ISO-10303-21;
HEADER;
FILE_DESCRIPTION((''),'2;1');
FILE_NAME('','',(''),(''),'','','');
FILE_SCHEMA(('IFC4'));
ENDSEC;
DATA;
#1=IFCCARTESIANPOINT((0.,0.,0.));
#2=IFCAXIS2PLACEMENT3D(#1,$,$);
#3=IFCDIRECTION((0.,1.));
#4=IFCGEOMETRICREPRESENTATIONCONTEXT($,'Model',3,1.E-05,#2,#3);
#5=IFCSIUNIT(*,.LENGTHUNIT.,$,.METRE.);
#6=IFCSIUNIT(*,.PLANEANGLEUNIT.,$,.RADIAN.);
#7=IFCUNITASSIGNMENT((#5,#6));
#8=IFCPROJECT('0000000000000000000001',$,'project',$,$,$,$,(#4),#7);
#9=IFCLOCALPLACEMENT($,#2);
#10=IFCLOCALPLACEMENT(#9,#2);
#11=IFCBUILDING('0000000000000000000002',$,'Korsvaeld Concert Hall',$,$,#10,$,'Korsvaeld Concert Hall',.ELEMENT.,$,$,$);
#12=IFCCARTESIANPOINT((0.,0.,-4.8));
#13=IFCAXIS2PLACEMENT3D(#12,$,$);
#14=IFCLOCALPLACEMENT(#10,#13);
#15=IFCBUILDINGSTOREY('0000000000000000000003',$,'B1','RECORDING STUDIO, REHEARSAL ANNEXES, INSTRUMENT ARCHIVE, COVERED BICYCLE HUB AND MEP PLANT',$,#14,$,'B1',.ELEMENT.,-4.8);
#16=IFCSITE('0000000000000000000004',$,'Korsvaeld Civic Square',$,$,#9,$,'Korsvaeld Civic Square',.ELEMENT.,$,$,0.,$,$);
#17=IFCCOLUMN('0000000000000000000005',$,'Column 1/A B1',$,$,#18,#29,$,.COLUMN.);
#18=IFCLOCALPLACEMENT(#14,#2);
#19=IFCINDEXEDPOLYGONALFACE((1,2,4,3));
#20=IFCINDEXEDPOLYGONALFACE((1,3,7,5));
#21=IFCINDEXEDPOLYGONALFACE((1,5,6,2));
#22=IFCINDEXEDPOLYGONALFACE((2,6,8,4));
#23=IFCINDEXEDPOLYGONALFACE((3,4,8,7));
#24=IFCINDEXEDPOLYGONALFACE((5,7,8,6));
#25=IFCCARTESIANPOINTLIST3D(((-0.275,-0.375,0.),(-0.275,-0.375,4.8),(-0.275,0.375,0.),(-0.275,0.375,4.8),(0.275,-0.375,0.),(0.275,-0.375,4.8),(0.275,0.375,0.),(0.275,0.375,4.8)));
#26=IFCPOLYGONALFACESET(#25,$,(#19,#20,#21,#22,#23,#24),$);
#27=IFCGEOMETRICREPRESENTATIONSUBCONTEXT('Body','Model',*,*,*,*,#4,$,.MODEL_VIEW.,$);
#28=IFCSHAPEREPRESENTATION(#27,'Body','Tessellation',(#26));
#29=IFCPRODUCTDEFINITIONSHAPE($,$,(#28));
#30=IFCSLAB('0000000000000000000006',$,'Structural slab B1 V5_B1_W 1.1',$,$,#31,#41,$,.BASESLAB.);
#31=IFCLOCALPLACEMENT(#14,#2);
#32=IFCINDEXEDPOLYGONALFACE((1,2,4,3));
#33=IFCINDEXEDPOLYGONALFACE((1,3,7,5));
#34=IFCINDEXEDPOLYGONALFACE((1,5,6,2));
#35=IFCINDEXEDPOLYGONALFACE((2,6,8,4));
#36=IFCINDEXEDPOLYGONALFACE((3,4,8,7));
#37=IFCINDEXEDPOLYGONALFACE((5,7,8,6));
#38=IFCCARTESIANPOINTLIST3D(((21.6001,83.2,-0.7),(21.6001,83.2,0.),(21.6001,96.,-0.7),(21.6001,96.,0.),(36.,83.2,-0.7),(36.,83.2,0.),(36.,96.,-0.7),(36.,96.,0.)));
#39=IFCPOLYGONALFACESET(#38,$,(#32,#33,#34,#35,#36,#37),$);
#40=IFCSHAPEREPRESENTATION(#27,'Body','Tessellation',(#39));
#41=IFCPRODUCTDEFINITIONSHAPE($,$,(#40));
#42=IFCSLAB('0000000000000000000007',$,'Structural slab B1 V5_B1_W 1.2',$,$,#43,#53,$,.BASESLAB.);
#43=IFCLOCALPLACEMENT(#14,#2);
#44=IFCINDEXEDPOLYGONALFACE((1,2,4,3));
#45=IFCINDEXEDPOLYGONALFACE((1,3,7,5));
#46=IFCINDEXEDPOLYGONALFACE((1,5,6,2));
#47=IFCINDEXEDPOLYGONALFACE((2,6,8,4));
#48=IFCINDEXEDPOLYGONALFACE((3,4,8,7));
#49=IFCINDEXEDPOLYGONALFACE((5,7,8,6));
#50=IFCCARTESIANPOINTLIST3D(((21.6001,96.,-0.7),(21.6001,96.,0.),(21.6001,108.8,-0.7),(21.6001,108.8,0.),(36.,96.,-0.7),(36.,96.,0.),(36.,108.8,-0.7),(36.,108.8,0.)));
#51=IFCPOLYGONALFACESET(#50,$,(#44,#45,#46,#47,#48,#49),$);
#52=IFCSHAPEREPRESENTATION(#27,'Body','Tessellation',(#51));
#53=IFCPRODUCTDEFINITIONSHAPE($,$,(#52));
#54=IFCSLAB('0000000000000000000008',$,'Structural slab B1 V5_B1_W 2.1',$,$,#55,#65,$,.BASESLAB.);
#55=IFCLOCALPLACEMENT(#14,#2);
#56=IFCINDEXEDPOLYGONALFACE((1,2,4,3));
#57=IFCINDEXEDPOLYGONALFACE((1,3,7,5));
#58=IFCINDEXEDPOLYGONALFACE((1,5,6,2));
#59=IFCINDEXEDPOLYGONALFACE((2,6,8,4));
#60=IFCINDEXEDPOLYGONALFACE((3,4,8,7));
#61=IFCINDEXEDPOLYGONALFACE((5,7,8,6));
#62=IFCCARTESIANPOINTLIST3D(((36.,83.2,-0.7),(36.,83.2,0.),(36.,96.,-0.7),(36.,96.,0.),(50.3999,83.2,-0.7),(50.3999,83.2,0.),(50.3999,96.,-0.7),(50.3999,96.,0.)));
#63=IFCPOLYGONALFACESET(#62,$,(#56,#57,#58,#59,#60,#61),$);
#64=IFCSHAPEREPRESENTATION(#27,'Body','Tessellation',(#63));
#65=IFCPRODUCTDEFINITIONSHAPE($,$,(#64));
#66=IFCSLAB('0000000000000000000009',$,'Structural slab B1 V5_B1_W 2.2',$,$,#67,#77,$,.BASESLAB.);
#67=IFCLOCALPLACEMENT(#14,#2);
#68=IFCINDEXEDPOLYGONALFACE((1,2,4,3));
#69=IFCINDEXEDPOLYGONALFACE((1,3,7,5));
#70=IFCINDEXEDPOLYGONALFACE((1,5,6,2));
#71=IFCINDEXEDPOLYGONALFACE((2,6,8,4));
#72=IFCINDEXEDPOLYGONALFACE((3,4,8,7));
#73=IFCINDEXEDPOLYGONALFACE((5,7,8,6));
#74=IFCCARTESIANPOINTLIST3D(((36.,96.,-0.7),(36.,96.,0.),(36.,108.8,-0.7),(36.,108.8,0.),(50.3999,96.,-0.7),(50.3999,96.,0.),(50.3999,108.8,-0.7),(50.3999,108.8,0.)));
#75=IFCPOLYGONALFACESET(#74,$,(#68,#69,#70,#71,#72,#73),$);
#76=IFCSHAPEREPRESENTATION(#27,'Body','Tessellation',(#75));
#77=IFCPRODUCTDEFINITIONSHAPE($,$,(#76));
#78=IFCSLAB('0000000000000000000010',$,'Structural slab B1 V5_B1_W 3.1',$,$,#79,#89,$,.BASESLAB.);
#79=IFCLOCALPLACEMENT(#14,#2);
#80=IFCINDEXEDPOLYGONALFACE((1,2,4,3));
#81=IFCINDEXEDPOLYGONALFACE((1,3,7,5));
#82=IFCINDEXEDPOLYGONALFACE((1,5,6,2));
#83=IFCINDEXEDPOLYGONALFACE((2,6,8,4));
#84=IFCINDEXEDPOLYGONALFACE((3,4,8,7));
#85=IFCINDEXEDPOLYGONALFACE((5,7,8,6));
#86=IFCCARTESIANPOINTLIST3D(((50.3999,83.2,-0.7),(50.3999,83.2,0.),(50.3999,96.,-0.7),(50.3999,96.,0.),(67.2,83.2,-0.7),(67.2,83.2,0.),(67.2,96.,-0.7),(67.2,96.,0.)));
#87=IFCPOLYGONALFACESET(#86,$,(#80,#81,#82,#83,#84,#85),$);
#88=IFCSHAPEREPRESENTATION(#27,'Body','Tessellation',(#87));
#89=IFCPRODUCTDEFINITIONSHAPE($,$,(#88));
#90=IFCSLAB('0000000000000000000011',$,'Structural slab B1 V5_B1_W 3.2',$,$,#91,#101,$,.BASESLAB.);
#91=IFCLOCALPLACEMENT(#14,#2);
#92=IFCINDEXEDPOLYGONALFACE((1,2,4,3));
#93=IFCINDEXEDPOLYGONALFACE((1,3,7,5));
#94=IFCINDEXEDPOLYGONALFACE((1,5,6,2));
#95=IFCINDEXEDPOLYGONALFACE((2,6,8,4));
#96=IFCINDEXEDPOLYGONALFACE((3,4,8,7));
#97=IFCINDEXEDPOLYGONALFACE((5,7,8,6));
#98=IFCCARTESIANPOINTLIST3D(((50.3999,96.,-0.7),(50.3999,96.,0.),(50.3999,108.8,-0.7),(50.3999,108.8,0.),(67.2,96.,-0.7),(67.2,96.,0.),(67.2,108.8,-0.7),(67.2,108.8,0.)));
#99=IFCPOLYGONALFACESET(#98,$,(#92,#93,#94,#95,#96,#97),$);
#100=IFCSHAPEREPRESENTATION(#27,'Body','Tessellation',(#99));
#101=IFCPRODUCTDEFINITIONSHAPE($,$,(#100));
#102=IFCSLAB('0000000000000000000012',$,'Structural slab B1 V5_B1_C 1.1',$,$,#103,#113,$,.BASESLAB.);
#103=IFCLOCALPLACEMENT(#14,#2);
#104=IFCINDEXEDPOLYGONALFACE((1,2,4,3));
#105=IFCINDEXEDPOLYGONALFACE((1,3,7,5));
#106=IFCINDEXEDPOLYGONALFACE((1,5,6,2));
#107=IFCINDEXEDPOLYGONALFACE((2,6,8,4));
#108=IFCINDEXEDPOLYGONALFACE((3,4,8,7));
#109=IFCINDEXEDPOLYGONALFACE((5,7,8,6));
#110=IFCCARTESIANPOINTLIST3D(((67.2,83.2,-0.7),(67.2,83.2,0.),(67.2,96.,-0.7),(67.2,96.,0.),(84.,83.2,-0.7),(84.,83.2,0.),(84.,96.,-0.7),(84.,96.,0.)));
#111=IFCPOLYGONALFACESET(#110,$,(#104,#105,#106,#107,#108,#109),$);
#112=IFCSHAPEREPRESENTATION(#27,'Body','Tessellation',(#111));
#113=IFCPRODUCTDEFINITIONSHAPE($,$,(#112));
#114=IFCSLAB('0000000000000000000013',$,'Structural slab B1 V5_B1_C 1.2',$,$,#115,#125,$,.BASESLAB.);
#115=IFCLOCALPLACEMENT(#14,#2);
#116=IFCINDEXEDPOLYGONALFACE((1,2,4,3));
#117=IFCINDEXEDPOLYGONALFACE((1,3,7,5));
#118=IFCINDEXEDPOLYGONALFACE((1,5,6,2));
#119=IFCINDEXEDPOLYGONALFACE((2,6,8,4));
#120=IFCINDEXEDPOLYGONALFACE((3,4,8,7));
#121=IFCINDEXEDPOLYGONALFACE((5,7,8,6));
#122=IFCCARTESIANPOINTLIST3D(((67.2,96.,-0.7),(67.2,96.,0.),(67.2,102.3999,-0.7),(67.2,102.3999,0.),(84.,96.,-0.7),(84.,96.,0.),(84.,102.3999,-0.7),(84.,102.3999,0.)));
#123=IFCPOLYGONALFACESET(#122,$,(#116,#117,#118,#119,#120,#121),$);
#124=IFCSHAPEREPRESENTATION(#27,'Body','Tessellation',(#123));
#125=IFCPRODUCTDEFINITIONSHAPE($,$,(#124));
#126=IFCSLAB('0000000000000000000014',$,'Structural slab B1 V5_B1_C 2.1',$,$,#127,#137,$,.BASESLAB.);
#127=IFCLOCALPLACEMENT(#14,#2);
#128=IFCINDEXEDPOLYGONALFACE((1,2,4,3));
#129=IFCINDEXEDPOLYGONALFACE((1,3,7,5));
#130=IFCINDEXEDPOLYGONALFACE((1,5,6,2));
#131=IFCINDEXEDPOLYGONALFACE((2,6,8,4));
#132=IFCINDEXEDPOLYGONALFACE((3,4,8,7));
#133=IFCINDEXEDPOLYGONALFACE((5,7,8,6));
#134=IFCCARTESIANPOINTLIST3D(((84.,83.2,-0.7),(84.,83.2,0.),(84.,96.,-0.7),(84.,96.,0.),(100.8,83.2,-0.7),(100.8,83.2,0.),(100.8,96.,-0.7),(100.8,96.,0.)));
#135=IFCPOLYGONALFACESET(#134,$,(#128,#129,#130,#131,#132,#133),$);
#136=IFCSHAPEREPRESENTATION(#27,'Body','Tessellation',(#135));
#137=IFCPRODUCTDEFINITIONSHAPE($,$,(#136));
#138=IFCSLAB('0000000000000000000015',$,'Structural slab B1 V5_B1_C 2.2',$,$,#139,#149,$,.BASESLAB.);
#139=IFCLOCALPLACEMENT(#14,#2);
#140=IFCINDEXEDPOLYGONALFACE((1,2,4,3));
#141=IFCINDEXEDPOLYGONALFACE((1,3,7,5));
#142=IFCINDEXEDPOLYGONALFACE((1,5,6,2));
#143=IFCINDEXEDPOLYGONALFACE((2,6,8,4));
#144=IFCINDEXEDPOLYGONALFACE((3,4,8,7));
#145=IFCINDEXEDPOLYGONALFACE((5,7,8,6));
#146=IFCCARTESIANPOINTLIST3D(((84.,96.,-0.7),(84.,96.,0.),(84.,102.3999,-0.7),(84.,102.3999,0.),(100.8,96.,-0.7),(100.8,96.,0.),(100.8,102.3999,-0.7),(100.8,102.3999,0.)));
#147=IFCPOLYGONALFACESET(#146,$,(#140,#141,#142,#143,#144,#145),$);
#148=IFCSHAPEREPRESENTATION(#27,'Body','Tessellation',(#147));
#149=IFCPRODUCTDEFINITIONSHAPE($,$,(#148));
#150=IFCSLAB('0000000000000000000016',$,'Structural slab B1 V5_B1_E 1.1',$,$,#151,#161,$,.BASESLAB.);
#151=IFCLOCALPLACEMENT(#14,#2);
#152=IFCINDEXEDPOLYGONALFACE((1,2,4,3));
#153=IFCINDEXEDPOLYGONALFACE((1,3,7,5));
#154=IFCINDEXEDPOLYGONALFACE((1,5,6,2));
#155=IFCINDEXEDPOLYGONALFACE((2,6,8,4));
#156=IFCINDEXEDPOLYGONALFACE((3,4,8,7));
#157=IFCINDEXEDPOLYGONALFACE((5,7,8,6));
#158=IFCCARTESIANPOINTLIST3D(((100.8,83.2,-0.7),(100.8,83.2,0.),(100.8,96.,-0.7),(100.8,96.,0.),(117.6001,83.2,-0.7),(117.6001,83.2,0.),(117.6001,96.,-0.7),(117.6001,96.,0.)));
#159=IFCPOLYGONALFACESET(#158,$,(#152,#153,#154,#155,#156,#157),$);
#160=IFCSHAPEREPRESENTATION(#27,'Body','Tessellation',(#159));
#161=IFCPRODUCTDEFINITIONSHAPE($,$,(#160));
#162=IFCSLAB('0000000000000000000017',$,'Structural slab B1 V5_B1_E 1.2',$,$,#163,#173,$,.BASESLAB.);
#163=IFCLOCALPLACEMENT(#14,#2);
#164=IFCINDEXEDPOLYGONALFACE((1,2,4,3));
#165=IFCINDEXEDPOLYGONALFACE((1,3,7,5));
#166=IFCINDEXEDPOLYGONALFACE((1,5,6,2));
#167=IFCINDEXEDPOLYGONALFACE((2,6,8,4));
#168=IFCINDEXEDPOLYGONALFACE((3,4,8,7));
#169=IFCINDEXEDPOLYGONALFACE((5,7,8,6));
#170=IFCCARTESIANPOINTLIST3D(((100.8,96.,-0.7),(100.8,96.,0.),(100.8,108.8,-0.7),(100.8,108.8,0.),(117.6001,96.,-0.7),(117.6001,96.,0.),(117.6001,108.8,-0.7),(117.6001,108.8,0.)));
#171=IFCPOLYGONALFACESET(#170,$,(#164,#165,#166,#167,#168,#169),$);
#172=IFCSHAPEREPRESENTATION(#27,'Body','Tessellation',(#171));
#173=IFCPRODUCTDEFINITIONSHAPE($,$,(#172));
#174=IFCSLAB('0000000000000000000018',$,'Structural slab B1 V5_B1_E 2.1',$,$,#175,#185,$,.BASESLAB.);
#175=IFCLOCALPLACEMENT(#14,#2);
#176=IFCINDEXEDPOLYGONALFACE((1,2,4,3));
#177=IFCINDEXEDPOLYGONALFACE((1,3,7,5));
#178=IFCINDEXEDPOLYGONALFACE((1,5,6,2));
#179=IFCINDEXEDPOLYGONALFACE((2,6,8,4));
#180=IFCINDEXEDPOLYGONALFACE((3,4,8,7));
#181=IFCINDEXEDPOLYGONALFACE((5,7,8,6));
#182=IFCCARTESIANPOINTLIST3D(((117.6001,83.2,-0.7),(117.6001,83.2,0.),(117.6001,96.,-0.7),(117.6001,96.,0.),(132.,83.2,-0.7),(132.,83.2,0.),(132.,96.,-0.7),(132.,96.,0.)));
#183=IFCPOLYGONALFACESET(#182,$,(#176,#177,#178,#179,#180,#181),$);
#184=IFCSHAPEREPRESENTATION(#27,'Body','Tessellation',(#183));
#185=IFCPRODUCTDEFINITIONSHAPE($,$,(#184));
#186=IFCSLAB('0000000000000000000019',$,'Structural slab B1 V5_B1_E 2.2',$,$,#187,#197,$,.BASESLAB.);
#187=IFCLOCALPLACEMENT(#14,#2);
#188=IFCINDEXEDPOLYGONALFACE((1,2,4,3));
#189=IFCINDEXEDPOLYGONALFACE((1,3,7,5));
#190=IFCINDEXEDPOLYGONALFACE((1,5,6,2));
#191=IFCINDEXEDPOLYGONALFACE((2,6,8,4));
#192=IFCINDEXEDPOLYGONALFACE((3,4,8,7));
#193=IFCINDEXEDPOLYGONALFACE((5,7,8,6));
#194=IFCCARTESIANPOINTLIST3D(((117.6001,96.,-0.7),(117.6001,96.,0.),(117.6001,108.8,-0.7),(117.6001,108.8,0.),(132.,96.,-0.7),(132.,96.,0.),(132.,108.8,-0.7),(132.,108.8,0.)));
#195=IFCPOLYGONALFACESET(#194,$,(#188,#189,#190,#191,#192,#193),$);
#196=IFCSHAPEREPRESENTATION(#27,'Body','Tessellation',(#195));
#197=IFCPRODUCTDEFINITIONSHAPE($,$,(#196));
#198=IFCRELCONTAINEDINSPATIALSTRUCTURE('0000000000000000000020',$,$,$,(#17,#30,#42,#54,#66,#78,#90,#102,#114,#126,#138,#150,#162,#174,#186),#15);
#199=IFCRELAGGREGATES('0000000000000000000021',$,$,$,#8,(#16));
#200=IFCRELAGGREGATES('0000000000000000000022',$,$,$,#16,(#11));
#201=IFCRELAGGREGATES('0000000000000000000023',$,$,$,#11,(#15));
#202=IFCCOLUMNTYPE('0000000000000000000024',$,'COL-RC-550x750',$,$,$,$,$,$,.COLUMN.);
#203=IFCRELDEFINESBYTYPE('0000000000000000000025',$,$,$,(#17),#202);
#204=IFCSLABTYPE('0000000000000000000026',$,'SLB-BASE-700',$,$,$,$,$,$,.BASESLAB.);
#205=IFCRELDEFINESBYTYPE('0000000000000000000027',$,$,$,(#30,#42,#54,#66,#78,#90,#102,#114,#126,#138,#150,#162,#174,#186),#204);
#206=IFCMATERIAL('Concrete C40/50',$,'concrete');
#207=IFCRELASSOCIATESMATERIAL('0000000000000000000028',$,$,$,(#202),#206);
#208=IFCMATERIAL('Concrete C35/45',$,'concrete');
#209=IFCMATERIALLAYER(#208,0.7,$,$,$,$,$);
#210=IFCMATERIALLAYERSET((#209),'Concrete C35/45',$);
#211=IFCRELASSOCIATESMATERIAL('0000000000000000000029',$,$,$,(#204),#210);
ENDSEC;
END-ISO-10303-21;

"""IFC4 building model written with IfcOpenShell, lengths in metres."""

from ifc_helpers import new_model, si_unit, direction, frame, origin, origin_with_axes, origin_2d, place, context, subcontext, project, spatial, polyline, rectangle, outline, extrude, material, layer, layer_set, material_profile, profile_set, type_object, element, save


model = new_model("IFC4")

# Units and contexts
model_context = context("Model", 3, precision=1e-05, world=origin(), true_north=direction((0.0, 1.0)))
body_context = subcontext(model_context, "Body", "Model", "MODEL_VIEW")
ifc_project = project(units=[si_unit("LENGTHUNIT", "METRE"), si_unit("PLANEANGLEUNIT", "RADIAN")], contexts=[model_context])

# Site, building, storey
site_placement = place(None, origin())
site = spatial("IfcSite", under=ifc_project, at=site_placement, Name="Korsvaeld Civic Square", LongName="Korsvaeld Civic Square", CompositionType="ELEMENT", RefElevation=0.0)
building_placement = place(site_placement, origin())
building = spatial("IfcBuilding", under=site, at=building_placement, Name="Korsvaeld Concert Hall", LongName="Korsvaeld Concert Hall", CompositionType="ELEMENT")
storey_placement = place(building_placement, frame((0.0, 0.0, -4.8)))
storey = spatial("IfcBuildingStorey", under=building, at=storey_placement, Name="B1", Description="RECORDING STUDIO, REHEARSAL ANNEXES, INSTRUMENT ARCHIVE, COVERED BICYCLE HUB AND MEP PLANT", LongName="B1", CompositionType="ELEMENT", Elevation=-4.8)

# Column
ifc_material_1 = material(Name="Concrete C40/50", Category="concrete")
ifc_material_profile = material_profile(ifc_material_1, rectangle(XDim=0.55, YDim=0.75, at=origin_2d()), Name="RC 550x750")
ifc_profile_set = profile_set([ifc_material_profile], Name="Concrete C40/50")
column_type = type_object("IfcColumnType", Name="COL-RC-550x750", PredefinedType="COLUMN", material=ifc_profile_set)
column_placement = place(storey_placement, origin_with_axes())
element("IfcColumn", 1, at=column_placement, inside=storey, type_object=column_type, Name="Column 1/A B1", PredefinedType="COLUMN", context=body_context, shape_type="SweptSolid", body=[
    extrude(rectangle(XDim=0.55, YDim=0.75, at=origin_2d()), origin(), (0.0, 0.0, 1.0), 4.8),
])

# Slabs
ifc_material_2 = material(Name="Concrete C35/45", Category="concrete")
ifc_layer_1 = layer(ifc_material_2, 0.7)
ifc_layer_set_1 = layer_set([ifc_layer_1], Name="Concrete C35/45")
slab_type_1 = type_object("IfcSlabType", Name="SLB-BASE-700", PredefinedType="BASESLAB", material=ifc_layer_set_1)
slab_1_placement = place(storey_placement, frame((0.0, 0.0, -0.7)))
element("IfcSlab", 2, at=slab_1_placement, inside=storey, type_object=slab_type_1, Name="Structural slab B1 V5_B1_W 1.1", PredefinedType="BASESLAB", context=body_context, shape_type="SweptSolid", body=[
    extrude(outline(polyline([(36.0, 83.2), (36.0, 96.0), (21.6001, 96.0), (21.6001, 83.2), (36.0, 83.2)])), origin(), (0.0, 0.0, 1.0), 0.7),
])
slab_2_placement = place(storey_placement, frame((0.0, 0.0, -0.7)))
element("IfcSlab", 3, at=slab_2_placement, inside=storey, type_object=slab_type_1, Name="Structural slab B1 V5_B1_W 1.2", PredefinedType="BASESLAB", context=body_context, shape_type="SweptSolid", body=[
    extrude(outline(polyline([(36.0, 96.0), (36.0, 108.8), (21.6001, 108.8), (21.6001, 96.0), (36.0, 96.0)])), origin(), (0.0, 0.0, 1.0), 0.7),
])
slab_3_placement = place(storey_placement, frame((0.0, 0.0, -0.7)))
element("IfcSlab", 4, at=slab_3_placement, inside=storey, type_object=slab_type_1, Name="Structural slab B1 V5_B1_W 2.1", PredefinedType="BASESLAB", context=body_context, shape_type="SweptSolid", body=[
    extrude(outline(polyline([(50.3999, 83.2), (50.3999, 96.0), (36.0, 96.0), (36.0, 83.2), (50.3999, 83.2)])), origin(), (0.0, 0.0, 1.0), 0.7),
])
slab_4_placement = place(storey_placement, frame((0.0, 0.0, -0.7)))
element("IfcSlab", 5, at=slab_4_placement, inside=storey, type_object=slab_type_1, Name="Structural slab B1 V5_B1_W 2.2", PredefinedType="BASESLAB", context=body_context, shape_type="SweptSolid", body=[
    extrude(outline(polyline([(50.3999, 96.0), (50.3999, 108.8), (36.0, 108.8), (36.0, 96.0), (50.3999, 96.0)])), origin(), (0.0, 0.0, 1.0), 0.7),
])
slab_5_placement = place(storey_placement, frame((0.0, 0.0, -0.7)))
element("IfcSlab", 6, at=slab_5_placement, inside=storey, type_object=slab_type_1, Name="Structural slab B1 V5_B1_W 3.1", PredefinedType="BASESLAB", context=body_context, shape_type="SweptSolid", body=[
    extrude(outline(polyline([(67.2, 83.2), (67.2, 96.0), (50.3999, 96.0), (50.3999, 83.2), (67.2, 83.2)])), origin(), (0.0, 0.0, 1.0), 0.7),
])
slab_6_placement = place(storey_placement, frame((0.0, 0.0, -0.7)))
element("IfcSlab", 7, at=slab_6_placement, inside=storey, type_object=slab_type_1, Name="Structural slab B1 V5_B1_W 3.2", PredefinedType="BASESLAB", context=body_context, shape_type="SweptSolid", body=[
    extrude(outline(polyline([(67.2, 96.0), (67.2, 108.8), (50.3999, 108.8), (50.3999, 96.0), (67.2, 96.0)])), origin(), (0.0, 0.0, 1.0), 0.7),
])
slab_7_placement = place(storey_placement, frame((0.0, 0.0, -0.7)))
element("IfcSlab", 8, at=slab_7_placement, inside=storey, type_object=slab_type_1, Name="Structural slab B1 V5_B1_C 1.1", PredefinedType="BASESLAB", context=body_context, shape_type="SweptSolid", body=[
    extrude(outline(polyline([(84.0, 83.2), (84.0, 96.0), (67.2, 96.0), (67.2, 83.2), (84.0, 83.2)])), origin(), (0.0, 0.0, 1.0), 0.7),
])
slab_8_placement = place(storey_placement, frame((0.0, 0.0, -0.7)))
element("IfcSlab", 9, at=slab_8_placement, inside=storey, type_object=slab_type_1, Name="Structural slab B1 V5_B1_C 1.2", PredefinedType="BASESLAB", context=body_context, shape_type="SweptSolid", body=[
    extrude(outline(polyline([(84.0, 96.0), (84.0, 102.3999), (67.2, 102.3999), (67.2, 96.0), (84.0, 96.0)])), origin(), (0.0, 0.0, 1.0), 0.7),
])
slab_9_placement = place(storey_placement, frame((0.0, 0.0, -0.7)))
element("IfcSlab", 10, at=slab_9_placement, inside=storey, type_object=slab_type_1, Name="Structural slab B1 V5_B1_C 2.1", PredefinedType="BASESLAB", context=body_context, shape_type="SweptSolid", body=[
    extrude(outline(polyline([(100.8, 83.2), (100.8, 96.0), (84.0, 96.0), (84.0, 83.2), (100.8, 83.2)])), origin(), (0.0, 0.0, 1.0), 0.7),
])
slab_10_placement = place(storey_placement, frame((0.0, 0.0, -0.7)))
element("IfcSlab", 11, at=slab_10_placement, inside=storey, type_object=slab_type_1, Name="Structural slab B1 V5_B1_C 2.2", PredefinedType="BASESLAB", context=body_context, shape_type="SweptSolid", body=[
    extrude(outline(polyline([(100.8, 96.0), (100.8, 102.3999), (84.0, 102.3999), (84.0, 96.0), (100.8, 96.0)])), origin(), (0.0, 0.0, 1.0), 0.7),
])
slab_11_placement = place(storey_placement, frame((0.0, 0.0, -0.7)))
element("IfcSlab", 12, at=slab_11_placement, inside=storey, type_object=slab_type_1, Name="Structural slab B1 V5_B1_E 1.1", PredefinedType="BASESLAB", context=body_context, shape_type="SweptSolid", body=[
    extrude(outline(polyline([(117.6001, 83.2), (117.6001, 96.0), (100.8, 96.0), (100.8, 83.2), (117.6001, 83.2)])), origin(), (0.0, 0.0, 1.0), 0.7),
])
slab_12_placement = place(storey_placement, frame((0.0, 0.0, -0.7)))
element("IfcSlab", 13, at=slab_12_placement, inside=storey, type_object=slab_type_1, Name="Structural slab B1 V5_B1_E 1.2", PredefinedType="BASESLAB", context=body_context, shape_type="SweptSolid", body=[
    extrude(outline(polyline([(117.6001, 96.0), (117.6001, 108.8), (100.8, 108.8), (100.8, 96.0), (117.6001, 96.0)])), origin(), (0.0, 0.0, 1.0), 0.7),
])
slab_13_placement = place(storey_placement, frame((0.0, 0.0, -0.7)))
element("IfcSlab", 14, at=slab_13_placement, inside=storey, type_object=slab_type_1, Name="Structural slab B1 V5_B1_E 2.1", PredefinedType="BASESLAB", context=body_context, shape_type="SweptSolid", body=[
    extrude(outline(polyline([(132.0, 83.2), (132.0, 96.0), (117.6001, 96.0), (117.6001, 83.2), (132.0, 83.2)])), origin(), (0.0, 0.0, 1.0), 0.7),
])
slab_14_placement = place(storey_placement, frame((0.0, 0.0, -0.7)))
element("IfcSlab", 15, at=slab_14_placement, inside=storey, type_object=slab_type_1, Name="Structural slab B1 V5_B1_E 2.2", PredefinedType="BASESLAB", context=body_context, shape_type="SweptSolid", body=[
    extrude(outline(polyline([(132.0, 96.0), (132.0, 108.8), (117.6001, 108.8), (117.6001, 96.0), (132.0, 96.0)])), origin(), (0.0, 0.0, 1.0), 0.7),
])

save(model, "model.ifc")
